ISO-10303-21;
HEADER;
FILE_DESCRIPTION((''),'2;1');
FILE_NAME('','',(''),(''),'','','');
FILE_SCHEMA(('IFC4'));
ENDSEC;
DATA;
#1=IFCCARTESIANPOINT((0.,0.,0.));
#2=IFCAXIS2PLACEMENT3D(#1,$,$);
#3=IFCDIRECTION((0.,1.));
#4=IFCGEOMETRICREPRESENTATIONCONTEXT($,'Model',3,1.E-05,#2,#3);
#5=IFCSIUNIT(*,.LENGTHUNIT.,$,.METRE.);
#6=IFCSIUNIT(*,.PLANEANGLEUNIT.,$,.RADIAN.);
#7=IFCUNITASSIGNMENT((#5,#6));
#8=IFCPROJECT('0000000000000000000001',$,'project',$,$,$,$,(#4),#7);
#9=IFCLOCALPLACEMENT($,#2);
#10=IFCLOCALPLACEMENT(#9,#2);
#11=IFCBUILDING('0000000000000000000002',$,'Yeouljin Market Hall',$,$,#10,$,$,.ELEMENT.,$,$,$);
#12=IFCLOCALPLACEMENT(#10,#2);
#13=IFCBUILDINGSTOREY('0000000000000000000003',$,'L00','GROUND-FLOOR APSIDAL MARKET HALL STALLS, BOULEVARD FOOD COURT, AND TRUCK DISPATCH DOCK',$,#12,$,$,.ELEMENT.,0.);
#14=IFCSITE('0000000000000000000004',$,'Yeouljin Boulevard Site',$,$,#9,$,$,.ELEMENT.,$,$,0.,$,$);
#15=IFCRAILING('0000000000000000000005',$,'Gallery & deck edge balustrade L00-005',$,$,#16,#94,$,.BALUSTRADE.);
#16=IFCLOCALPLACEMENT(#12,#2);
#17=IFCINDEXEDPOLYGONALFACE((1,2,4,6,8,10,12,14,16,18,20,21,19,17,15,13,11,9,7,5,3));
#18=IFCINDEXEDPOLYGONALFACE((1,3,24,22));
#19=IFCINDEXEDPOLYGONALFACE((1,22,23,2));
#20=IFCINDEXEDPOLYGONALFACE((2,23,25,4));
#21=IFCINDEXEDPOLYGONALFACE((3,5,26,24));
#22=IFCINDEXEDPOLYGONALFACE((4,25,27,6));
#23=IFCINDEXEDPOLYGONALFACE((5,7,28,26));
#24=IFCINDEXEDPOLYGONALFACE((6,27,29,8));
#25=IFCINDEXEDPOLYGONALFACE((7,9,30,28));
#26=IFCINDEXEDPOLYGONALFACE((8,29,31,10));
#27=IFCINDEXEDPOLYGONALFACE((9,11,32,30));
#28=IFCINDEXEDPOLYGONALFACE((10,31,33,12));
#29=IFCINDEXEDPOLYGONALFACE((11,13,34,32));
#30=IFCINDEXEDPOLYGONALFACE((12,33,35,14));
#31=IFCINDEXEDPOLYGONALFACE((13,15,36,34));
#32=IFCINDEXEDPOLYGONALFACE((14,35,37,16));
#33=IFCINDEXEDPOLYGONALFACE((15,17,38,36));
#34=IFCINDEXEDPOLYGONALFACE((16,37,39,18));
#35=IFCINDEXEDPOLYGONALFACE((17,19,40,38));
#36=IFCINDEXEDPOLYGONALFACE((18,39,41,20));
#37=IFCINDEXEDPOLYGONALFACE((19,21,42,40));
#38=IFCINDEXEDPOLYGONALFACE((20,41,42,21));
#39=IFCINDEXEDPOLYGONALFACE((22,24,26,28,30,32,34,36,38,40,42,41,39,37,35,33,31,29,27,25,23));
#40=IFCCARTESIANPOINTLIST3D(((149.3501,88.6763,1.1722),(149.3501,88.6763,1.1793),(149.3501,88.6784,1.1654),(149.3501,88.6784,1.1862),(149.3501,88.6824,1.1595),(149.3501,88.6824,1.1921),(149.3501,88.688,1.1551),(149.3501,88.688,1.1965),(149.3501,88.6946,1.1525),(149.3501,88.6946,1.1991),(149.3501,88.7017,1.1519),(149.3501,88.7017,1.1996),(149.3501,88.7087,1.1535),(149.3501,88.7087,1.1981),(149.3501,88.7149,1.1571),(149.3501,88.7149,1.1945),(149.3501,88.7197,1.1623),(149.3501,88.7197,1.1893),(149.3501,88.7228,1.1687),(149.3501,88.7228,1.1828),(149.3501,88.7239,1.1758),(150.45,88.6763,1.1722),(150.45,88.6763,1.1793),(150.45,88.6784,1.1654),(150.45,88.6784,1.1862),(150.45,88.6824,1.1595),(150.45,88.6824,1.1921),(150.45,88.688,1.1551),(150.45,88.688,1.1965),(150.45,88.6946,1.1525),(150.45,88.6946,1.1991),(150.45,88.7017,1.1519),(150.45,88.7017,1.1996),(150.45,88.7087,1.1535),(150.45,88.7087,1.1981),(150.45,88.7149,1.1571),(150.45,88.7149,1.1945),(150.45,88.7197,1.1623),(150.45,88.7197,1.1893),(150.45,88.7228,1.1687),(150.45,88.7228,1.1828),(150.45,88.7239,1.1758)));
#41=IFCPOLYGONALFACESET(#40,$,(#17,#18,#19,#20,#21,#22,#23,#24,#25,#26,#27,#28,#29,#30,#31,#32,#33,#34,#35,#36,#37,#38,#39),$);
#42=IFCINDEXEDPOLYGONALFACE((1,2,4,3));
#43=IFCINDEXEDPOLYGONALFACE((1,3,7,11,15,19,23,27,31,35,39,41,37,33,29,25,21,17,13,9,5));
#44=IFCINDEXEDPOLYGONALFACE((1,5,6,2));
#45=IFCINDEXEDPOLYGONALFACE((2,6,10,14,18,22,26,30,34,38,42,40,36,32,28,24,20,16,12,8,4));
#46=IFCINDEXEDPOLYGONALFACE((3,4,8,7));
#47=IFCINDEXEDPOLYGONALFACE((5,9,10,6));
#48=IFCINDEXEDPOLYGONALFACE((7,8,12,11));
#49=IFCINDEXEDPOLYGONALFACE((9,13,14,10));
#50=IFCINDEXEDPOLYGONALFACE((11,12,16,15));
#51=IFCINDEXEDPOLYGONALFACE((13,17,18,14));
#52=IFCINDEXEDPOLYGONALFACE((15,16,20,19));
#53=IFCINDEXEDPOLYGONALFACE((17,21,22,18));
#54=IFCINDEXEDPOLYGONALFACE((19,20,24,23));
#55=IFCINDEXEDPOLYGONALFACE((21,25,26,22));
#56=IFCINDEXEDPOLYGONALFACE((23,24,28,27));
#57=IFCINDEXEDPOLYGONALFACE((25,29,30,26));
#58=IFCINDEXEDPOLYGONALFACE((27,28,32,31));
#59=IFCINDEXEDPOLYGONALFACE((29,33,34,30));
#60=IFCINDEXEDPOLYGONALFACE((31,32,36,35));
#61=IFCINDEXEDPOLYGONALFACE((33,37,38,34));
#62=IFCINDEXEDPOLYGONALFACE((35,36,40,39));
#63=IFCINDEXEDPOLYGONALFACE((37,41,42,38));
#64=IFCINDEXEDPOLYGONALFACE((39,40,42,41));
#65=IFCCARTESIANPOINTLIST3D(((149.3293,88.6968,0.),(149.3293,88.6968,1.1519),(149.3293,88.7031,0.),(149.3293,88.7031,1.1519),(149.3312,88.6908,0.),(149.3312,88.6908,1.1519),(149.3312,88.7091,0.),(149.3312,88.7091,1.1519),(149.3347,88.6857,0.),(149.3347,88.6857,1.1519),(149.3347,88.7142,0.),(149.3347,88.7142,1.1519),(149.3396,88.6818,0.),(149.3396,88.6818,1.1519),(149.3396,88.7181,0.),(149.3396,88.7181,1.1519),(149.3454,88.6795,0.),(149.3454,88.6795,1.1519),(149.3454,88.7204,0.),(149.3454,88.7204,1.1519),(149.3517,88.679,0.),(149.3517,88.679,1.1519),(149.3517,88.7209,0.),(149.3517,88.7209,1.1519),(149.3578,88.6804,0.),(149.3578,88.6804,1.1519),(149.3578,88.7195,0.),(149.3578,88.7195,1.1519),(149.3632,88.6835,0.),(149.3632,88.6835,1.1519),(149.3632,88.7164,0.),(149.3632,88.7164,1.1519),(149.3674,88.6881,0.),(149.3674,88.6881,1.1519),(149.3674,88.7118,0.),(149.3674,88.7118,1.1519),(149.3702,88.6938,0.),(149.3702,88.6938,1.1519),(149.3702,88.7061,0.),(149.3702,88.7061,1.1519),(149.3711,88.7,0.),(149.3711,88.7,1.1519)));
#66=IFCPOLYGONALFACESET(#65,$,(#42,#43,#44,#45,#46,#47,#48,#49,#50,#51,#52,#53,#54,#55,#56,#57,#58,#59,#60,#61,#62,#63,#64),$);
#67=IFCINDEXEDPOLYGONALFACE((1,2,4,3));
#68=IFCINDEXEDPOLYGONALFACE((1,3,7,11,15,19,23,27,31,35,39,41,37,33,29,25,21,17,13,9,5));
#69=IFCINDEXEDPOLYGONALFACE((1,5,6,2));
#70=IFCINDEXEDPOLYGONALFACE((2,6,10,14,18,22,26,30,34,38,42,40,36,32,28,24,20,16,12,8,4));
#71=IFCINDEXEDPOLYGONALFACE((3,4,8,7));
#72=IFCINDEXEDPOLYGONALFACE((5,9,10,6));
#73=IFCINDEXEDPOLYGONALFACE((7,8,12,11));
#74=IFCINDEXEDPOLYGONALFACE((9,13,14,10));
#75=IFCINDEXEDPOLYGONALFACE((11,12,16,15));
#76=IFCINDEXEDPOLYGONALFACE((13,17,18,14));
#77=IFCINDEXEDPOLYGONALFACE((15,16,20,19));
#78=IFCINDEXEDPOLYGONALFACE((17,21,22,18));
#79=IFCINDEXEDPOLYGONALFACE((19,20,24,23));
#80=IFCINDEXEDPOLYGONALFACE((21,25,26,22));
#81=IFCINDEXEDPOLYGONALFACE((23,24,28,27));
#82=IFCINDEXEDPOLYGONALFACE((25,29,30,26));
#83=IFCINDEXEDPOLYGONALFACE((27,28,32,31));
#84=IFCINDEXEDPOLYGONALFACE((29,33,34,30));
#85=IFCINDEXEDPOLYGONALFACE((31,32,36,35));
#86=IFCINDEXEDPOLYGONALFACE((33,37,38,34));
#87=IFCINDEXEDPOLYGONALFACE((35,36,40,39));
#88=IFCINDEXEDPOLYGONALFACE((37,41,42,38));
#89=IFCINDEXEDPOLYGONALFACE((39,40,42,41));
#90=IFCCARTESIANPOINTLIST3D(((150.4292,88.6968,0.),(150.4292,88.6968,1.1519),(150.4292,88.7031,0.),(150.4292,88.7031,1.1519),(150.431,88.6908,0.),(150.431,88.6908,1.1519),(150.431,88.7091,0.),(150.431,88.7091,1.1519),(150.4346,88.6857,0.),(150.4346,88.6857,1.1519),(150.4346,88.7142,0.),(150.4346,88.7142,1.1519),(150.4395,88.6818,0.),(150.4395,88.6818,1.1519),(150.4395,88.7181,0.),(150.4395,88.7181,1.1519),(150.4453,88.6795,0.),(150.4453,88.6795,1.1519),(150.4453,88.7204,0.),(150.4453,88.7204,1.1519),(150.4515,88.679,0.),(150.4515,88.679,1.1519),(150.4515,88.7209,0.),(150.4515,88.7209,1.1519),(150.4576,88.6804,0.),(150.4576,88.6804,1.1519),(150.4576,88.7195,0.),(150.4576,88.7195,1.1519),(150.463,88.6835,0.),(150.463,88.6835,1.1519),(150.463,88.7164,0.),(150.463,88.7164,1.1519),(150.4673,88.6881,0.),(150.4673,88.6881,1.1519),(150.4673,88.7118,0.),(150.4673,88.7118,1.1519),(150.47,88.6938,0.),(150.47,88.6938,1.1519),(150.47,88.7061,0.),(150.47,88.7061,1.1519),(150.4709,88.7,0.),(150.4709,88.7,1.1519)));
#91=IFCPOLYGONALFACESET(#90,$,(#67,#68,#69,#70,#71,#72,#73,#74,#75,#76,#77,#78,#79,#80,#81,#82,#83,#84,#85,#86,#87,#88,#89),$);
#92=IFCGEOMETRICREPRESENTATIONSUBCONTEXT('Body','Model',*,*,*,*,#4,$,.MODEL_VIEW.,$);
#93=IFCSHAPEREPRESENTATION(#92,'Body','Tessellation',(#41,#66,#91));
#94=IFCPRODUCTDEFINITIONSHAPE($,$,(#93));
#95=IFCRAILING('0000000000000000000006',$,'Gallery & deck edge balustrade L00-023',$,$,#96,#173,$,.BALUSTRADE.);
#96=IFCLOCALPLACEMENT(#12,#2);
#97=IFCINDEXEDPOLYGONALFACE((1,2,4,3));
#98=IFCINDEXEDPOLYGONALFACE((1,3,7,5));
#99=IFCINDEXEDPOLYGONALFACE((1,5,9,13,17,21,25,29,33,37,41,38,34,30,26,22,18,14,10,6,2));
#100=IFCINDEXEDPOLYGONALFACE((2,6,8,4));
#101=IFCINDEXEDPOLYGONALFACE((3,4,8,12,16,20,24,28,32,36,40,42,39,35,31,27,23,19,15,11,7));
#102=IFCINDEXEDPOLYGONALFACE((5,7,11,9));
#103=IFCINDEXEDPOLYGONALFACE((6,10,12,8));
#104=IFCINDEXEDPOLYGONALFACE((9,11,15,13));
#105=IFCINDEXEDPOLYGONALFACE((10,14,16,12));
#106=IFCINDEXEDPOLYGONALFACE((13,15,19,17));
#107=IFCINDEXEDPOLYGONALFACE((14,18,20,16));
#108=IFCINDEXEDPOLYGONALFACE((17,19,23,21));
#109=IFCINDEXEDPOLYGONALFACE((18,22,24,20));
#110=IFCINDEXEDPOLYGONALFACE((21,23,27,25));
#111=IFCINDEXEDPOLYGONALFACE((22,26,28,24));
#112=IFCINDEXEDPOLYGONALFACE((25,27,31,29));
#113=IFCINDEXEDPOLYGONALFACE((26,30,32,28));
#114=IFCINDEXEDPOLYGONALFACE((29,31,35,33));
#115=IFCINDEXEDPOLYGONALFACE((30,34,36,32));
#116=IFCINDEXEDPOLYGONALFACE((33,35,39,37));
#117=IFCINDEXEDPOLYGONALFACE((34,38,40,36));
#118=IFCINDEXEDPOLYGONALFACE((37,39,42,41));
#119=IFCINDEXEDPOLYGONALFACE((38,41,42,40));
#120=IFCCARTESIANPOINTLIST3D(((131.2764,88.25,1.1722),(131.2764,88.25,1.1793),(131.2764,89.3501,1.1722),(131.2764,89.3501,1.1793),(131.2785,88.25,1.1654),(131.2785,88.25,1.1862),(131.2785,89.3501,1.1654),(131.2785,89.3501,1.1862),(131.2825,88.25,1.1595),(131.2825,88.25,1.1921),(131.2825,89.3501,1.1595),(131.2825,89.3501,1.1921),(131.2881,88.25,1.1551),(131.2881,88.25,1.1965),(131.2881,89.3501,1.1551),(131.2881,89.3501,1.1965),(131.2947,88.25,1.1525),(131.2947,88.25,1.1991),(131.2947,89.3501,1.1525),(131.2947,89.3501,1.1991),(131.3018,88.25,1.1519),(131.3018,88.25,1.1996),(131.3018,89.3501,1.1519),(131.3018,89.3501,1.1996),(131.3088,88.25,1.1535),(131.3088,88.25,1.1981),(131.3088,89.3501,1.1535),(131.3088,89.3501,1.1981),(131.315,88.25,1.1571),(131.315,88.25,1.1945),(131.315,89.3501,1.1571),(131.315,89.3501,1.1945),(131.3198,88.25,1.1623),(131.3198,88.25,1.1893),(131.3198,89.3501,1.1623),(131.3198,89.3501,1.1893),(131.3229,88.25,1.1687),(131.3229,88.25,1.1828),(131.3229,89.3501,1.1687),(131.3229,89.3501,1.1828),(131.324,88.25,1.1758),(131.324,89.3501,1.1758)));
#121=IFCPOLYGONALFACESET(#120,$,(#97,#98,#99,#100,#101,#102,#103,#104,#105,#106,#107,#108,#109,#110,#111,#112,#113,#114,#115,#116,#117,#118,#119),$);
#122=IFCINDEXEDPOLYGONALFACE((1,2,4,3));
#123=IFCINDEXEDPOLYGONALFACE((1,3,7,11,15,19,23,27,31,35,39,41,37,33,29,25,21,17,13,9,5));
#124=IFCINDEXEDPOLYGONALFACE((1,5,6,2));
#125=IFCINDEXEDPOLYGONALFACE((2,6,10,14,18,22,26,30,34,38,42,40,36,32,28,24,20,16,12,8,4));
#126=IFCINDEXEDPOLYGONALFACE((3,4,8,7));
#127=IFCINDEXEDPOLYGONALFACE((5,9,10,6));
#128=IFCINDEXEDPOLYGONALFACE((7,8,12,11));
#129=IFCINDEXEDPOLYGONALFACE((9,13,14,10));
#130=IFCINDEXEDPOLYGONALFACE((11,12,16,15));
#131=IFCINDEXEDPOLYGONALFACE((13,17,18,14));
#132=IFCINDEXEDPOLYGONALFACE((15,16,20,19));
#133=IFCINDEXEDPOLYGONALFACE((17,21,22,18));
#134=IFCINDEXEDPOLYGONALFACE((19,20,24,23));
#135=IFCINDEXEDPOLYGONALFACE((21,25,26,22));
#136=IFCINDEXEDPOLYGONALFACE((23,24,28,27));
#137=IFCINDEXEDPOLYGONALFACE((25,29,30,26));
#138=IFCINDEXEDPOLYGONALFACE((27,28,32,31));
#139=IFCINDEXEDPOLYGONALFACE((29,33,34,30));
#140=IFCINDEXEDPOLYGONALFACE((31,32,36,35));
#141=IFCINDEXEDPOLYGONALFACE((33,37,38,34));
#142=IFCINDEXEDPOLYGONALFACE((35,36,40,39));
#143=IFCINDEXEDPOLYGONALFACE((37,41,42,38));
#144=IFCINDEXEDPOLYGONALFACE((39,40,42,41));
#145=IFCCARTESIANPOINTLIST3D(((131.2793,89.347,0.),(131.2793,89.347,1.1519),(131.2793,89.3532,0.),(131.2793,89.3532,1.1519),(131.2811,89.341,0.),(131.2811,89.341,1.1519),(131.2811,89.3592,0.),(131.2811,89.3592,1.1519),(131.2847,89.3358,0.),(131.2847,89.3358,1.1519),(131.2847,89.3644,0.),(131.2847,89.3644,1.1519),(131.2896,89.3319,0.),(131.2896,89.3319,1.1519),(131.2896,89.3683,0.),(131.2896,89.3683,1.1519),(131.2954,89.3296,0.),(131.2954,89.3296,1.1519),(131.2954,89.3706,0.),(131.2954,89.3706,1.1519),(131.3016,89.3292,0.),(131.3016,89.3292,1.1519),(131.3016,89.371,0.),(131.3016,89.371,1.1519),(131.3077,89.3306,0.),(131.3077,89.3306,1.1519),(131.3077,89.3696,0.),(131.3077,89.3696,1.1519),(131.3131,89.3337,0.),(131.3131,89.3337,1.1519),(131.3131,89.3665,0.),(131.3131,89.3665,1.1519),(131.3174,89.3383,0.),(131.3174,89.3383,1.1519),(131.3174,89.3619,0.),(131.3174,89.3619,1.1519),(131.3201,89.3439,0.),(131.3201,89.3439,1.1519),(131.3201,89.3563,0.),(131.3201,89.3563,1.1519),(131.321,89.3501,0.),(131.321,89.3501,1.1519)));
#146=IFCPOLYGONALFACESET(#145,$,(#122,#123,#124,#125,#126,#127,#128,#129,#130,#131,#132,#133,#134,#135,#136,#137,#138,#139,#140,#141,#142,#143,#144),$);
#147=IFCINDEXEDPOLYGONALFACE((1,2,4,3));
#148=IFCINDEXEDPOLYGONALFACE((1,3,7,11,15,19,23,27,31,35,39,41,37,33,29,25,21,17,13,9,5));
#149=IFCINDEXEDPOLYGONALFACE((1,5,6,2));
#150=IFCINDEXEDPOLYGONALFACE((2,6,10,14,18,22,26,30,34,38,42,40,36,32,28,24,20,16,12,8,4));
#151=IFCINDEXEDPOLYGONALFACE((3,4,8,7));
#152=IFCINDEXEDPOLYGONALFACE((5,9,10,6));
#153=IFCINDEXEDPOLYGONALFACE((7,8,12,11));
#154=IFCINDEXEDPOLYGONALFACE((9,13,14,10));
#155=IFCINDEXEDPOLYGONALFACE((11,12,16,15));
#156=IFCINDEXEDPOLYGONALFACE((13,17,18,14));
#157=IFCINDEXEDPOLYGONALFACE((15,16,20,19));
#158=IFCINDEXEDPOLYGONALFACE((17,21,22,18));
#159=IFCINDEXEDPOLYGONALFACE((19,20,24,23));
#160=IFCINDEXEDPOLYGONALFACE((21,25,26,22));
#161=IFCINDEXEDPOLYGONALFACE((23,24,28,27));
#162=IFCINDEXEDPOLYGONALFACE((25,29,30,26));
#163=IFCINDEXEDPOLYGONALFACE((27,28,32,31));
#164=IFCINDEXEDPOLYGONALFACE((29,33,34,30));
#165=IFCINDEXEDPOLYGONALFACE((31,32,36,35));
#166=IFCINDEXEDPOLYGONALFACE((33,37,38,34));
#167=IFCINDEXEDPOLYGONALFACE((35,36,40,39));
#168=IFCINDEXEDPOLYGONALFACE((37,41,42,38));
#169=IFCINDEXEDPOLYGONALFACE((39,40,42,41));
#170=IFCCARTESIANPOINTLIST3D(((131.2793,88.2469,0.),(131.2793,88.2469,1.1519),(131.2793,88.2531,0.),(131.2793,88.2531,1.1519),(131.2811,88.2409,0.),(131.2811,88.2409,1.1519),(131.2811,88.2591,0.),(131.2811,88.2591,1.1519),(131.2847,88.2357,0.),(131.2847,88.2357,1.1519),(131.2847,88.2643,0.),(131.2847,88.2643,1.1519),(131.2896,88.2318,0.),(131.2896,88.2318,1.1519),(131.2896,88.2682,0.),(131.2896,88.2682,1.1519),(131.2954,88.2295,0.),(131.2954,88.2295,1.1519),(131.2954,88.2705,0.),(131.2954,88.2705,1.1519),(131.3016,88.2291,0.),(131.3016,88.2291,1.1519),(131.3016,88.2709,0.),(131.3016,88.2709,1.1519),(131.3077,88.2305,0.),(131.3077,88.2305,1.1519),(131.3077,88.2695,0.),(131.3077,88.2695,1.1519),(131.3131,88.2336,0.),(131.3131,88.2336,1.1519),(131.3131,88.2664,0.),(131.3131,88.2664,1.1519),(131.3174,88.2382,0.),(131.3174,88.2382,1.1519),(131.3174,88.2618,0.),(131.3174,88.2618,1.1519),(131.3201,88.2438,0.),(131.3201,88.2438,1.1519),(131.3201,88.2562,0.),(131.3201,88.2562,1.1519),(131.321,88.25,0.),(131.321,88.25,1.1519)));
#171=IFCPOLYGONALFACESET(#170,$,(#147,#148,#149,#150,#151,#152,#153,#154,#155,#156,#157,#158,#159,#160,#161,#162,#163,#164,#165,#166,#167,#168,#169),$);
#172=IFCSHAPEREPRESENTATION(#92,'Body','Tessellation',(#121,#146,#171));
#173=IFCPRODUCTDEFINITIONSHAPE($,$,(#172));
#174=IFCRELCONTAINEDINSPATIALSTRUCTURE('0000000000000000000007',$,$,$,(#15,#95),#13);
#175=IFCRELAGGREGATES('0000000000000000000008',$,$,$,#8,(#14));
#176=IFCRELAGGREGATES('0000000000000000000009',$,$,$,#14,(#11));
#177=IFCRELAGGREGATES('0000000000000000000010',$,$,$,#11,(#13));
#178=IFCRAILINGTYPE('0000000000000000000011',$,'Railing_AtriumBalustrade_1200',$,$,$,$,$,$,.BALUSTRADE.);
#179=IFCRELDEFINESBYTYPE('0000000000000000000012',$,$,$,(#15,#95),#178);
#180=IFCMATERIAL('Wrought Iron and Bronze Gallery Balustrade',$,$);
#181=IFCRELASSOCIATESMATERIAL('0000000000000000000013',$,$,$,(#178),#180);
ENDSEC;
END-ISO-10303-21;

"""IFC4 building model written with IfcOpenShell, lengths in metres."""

from ifc_helpers import new_model, si_unit, direction, frame, origin, origin_2d, place, context, subcontext, project, spatial, circle, extrude, material, type_object, element, save


model = new_model("IFC4")

# Units and contexts
model_context = context("Model", 3, precision=1e-05, world=origin(), true_north=direction((0.0, 1.0)))
body_context = subcontext(model_context, "Body", "Model", "MODEL_VIEW")
ifc_project = project(units=[si_unit("LENGTHUNIT", "METRE"), si_unit("PLANEANGLEUNIT", "RADIAN")], contexts=[model_context])

# Site, building, storey
site_placement = place(None, origin())
site = spatial("IfcSite", under=ifc_project, at=site_placement, Name="Yeouljin Boulevard Site", CompositionType="ELEMENT", RefElevation=0.0)
building_placement = place(site_placement, origin())
building = spatial("IfcBuilding", under=site, at=building_placement, Name="Yeouljin Market Hall", CompositionType="ELEMENT")
storey_placement = place(building_placement, origin())
storey = spatial("IfcBuildingStorey", under=building, at=storey_placement, Name="L00", Description="GROUND-FLOOR APSIDAL MARKET HALL STALLS, BOULEVARD FOOD COURT, AND TRUCK DISPATCH DOCK", CompositionType="ELEMENT", Elevation=0.0)

# Railings
ifc_material_1 = material(Name="Wrought Iron and Bronze Gallery Balustrade")
railing_type = type_object("IfcRailingType", Name="Railing_AtriumBalustrade_1200", PredefinedType="BALUSTRADE", material=ifc_material_1)
railing_1_placement = place(storey_placement, frame((149.3501, 88.7, 0.0)))
element("IfcRailing", 1, at=railing_1_placement, inside=storey, type_object=railing_type, Name="Gallery & deck edge balustrade L00-005", PredefinedType="BALUSTRADE", context=body_context, shape_type="SweptSolid", body=[
    extrude(circle(Radius=0.0239, at=origin_2d()), frame((0.0, 0.0, 1.1758), z_axis=(1.0, 0.0, 0.0), x_axis=(0.0, 1.0, 0.0)), (0.0, 0.0, 1.0), 1.0999),
    extrude(circle(Radius=0.021, at=origin_2d()), origin(), (0.0, 0.0, 1.0), 1.1519),
    extrude(circle(Radius=0.021, at=origin_2d()), frame((1.0999, 0.0, 0.0)), (0.0, 0.0, 1.0), 1.1519),
])
railing_2_placement = place(storey_placement, frame((131.3, 89.3501, 0.0)))
element("IfcRailing", 2, at=railing_2_placement, inside=storey, type_object=railing_type, Name="Gallery & deck edge balustrade L00-023", PredefinedType="BALUSTRADE", context=body_context, shape_type="SweptSolid", body=[
    extrude(circle(Radius=0.0239, at=origin_2d()), frame((0.0, 0.0, 1.1758), z_axis=(0.0, -1.0, 0.0), x_axis=(1.0, 0.0, 0.0)), (0.0, 0.0, 1.0), 1.1001),
    extrude(circle(Radius=0.021, at=origin_2d()), origin(), (0.0, 0.0, 1.0), 1.1519),
    extrude(circle(Radius=0.021, at=origin_2d()), frame((0.0, -1.1001, 0.0)), (0.0, 0.0, 1.0), 1.1519),
])

save(model, "model.ifc")
